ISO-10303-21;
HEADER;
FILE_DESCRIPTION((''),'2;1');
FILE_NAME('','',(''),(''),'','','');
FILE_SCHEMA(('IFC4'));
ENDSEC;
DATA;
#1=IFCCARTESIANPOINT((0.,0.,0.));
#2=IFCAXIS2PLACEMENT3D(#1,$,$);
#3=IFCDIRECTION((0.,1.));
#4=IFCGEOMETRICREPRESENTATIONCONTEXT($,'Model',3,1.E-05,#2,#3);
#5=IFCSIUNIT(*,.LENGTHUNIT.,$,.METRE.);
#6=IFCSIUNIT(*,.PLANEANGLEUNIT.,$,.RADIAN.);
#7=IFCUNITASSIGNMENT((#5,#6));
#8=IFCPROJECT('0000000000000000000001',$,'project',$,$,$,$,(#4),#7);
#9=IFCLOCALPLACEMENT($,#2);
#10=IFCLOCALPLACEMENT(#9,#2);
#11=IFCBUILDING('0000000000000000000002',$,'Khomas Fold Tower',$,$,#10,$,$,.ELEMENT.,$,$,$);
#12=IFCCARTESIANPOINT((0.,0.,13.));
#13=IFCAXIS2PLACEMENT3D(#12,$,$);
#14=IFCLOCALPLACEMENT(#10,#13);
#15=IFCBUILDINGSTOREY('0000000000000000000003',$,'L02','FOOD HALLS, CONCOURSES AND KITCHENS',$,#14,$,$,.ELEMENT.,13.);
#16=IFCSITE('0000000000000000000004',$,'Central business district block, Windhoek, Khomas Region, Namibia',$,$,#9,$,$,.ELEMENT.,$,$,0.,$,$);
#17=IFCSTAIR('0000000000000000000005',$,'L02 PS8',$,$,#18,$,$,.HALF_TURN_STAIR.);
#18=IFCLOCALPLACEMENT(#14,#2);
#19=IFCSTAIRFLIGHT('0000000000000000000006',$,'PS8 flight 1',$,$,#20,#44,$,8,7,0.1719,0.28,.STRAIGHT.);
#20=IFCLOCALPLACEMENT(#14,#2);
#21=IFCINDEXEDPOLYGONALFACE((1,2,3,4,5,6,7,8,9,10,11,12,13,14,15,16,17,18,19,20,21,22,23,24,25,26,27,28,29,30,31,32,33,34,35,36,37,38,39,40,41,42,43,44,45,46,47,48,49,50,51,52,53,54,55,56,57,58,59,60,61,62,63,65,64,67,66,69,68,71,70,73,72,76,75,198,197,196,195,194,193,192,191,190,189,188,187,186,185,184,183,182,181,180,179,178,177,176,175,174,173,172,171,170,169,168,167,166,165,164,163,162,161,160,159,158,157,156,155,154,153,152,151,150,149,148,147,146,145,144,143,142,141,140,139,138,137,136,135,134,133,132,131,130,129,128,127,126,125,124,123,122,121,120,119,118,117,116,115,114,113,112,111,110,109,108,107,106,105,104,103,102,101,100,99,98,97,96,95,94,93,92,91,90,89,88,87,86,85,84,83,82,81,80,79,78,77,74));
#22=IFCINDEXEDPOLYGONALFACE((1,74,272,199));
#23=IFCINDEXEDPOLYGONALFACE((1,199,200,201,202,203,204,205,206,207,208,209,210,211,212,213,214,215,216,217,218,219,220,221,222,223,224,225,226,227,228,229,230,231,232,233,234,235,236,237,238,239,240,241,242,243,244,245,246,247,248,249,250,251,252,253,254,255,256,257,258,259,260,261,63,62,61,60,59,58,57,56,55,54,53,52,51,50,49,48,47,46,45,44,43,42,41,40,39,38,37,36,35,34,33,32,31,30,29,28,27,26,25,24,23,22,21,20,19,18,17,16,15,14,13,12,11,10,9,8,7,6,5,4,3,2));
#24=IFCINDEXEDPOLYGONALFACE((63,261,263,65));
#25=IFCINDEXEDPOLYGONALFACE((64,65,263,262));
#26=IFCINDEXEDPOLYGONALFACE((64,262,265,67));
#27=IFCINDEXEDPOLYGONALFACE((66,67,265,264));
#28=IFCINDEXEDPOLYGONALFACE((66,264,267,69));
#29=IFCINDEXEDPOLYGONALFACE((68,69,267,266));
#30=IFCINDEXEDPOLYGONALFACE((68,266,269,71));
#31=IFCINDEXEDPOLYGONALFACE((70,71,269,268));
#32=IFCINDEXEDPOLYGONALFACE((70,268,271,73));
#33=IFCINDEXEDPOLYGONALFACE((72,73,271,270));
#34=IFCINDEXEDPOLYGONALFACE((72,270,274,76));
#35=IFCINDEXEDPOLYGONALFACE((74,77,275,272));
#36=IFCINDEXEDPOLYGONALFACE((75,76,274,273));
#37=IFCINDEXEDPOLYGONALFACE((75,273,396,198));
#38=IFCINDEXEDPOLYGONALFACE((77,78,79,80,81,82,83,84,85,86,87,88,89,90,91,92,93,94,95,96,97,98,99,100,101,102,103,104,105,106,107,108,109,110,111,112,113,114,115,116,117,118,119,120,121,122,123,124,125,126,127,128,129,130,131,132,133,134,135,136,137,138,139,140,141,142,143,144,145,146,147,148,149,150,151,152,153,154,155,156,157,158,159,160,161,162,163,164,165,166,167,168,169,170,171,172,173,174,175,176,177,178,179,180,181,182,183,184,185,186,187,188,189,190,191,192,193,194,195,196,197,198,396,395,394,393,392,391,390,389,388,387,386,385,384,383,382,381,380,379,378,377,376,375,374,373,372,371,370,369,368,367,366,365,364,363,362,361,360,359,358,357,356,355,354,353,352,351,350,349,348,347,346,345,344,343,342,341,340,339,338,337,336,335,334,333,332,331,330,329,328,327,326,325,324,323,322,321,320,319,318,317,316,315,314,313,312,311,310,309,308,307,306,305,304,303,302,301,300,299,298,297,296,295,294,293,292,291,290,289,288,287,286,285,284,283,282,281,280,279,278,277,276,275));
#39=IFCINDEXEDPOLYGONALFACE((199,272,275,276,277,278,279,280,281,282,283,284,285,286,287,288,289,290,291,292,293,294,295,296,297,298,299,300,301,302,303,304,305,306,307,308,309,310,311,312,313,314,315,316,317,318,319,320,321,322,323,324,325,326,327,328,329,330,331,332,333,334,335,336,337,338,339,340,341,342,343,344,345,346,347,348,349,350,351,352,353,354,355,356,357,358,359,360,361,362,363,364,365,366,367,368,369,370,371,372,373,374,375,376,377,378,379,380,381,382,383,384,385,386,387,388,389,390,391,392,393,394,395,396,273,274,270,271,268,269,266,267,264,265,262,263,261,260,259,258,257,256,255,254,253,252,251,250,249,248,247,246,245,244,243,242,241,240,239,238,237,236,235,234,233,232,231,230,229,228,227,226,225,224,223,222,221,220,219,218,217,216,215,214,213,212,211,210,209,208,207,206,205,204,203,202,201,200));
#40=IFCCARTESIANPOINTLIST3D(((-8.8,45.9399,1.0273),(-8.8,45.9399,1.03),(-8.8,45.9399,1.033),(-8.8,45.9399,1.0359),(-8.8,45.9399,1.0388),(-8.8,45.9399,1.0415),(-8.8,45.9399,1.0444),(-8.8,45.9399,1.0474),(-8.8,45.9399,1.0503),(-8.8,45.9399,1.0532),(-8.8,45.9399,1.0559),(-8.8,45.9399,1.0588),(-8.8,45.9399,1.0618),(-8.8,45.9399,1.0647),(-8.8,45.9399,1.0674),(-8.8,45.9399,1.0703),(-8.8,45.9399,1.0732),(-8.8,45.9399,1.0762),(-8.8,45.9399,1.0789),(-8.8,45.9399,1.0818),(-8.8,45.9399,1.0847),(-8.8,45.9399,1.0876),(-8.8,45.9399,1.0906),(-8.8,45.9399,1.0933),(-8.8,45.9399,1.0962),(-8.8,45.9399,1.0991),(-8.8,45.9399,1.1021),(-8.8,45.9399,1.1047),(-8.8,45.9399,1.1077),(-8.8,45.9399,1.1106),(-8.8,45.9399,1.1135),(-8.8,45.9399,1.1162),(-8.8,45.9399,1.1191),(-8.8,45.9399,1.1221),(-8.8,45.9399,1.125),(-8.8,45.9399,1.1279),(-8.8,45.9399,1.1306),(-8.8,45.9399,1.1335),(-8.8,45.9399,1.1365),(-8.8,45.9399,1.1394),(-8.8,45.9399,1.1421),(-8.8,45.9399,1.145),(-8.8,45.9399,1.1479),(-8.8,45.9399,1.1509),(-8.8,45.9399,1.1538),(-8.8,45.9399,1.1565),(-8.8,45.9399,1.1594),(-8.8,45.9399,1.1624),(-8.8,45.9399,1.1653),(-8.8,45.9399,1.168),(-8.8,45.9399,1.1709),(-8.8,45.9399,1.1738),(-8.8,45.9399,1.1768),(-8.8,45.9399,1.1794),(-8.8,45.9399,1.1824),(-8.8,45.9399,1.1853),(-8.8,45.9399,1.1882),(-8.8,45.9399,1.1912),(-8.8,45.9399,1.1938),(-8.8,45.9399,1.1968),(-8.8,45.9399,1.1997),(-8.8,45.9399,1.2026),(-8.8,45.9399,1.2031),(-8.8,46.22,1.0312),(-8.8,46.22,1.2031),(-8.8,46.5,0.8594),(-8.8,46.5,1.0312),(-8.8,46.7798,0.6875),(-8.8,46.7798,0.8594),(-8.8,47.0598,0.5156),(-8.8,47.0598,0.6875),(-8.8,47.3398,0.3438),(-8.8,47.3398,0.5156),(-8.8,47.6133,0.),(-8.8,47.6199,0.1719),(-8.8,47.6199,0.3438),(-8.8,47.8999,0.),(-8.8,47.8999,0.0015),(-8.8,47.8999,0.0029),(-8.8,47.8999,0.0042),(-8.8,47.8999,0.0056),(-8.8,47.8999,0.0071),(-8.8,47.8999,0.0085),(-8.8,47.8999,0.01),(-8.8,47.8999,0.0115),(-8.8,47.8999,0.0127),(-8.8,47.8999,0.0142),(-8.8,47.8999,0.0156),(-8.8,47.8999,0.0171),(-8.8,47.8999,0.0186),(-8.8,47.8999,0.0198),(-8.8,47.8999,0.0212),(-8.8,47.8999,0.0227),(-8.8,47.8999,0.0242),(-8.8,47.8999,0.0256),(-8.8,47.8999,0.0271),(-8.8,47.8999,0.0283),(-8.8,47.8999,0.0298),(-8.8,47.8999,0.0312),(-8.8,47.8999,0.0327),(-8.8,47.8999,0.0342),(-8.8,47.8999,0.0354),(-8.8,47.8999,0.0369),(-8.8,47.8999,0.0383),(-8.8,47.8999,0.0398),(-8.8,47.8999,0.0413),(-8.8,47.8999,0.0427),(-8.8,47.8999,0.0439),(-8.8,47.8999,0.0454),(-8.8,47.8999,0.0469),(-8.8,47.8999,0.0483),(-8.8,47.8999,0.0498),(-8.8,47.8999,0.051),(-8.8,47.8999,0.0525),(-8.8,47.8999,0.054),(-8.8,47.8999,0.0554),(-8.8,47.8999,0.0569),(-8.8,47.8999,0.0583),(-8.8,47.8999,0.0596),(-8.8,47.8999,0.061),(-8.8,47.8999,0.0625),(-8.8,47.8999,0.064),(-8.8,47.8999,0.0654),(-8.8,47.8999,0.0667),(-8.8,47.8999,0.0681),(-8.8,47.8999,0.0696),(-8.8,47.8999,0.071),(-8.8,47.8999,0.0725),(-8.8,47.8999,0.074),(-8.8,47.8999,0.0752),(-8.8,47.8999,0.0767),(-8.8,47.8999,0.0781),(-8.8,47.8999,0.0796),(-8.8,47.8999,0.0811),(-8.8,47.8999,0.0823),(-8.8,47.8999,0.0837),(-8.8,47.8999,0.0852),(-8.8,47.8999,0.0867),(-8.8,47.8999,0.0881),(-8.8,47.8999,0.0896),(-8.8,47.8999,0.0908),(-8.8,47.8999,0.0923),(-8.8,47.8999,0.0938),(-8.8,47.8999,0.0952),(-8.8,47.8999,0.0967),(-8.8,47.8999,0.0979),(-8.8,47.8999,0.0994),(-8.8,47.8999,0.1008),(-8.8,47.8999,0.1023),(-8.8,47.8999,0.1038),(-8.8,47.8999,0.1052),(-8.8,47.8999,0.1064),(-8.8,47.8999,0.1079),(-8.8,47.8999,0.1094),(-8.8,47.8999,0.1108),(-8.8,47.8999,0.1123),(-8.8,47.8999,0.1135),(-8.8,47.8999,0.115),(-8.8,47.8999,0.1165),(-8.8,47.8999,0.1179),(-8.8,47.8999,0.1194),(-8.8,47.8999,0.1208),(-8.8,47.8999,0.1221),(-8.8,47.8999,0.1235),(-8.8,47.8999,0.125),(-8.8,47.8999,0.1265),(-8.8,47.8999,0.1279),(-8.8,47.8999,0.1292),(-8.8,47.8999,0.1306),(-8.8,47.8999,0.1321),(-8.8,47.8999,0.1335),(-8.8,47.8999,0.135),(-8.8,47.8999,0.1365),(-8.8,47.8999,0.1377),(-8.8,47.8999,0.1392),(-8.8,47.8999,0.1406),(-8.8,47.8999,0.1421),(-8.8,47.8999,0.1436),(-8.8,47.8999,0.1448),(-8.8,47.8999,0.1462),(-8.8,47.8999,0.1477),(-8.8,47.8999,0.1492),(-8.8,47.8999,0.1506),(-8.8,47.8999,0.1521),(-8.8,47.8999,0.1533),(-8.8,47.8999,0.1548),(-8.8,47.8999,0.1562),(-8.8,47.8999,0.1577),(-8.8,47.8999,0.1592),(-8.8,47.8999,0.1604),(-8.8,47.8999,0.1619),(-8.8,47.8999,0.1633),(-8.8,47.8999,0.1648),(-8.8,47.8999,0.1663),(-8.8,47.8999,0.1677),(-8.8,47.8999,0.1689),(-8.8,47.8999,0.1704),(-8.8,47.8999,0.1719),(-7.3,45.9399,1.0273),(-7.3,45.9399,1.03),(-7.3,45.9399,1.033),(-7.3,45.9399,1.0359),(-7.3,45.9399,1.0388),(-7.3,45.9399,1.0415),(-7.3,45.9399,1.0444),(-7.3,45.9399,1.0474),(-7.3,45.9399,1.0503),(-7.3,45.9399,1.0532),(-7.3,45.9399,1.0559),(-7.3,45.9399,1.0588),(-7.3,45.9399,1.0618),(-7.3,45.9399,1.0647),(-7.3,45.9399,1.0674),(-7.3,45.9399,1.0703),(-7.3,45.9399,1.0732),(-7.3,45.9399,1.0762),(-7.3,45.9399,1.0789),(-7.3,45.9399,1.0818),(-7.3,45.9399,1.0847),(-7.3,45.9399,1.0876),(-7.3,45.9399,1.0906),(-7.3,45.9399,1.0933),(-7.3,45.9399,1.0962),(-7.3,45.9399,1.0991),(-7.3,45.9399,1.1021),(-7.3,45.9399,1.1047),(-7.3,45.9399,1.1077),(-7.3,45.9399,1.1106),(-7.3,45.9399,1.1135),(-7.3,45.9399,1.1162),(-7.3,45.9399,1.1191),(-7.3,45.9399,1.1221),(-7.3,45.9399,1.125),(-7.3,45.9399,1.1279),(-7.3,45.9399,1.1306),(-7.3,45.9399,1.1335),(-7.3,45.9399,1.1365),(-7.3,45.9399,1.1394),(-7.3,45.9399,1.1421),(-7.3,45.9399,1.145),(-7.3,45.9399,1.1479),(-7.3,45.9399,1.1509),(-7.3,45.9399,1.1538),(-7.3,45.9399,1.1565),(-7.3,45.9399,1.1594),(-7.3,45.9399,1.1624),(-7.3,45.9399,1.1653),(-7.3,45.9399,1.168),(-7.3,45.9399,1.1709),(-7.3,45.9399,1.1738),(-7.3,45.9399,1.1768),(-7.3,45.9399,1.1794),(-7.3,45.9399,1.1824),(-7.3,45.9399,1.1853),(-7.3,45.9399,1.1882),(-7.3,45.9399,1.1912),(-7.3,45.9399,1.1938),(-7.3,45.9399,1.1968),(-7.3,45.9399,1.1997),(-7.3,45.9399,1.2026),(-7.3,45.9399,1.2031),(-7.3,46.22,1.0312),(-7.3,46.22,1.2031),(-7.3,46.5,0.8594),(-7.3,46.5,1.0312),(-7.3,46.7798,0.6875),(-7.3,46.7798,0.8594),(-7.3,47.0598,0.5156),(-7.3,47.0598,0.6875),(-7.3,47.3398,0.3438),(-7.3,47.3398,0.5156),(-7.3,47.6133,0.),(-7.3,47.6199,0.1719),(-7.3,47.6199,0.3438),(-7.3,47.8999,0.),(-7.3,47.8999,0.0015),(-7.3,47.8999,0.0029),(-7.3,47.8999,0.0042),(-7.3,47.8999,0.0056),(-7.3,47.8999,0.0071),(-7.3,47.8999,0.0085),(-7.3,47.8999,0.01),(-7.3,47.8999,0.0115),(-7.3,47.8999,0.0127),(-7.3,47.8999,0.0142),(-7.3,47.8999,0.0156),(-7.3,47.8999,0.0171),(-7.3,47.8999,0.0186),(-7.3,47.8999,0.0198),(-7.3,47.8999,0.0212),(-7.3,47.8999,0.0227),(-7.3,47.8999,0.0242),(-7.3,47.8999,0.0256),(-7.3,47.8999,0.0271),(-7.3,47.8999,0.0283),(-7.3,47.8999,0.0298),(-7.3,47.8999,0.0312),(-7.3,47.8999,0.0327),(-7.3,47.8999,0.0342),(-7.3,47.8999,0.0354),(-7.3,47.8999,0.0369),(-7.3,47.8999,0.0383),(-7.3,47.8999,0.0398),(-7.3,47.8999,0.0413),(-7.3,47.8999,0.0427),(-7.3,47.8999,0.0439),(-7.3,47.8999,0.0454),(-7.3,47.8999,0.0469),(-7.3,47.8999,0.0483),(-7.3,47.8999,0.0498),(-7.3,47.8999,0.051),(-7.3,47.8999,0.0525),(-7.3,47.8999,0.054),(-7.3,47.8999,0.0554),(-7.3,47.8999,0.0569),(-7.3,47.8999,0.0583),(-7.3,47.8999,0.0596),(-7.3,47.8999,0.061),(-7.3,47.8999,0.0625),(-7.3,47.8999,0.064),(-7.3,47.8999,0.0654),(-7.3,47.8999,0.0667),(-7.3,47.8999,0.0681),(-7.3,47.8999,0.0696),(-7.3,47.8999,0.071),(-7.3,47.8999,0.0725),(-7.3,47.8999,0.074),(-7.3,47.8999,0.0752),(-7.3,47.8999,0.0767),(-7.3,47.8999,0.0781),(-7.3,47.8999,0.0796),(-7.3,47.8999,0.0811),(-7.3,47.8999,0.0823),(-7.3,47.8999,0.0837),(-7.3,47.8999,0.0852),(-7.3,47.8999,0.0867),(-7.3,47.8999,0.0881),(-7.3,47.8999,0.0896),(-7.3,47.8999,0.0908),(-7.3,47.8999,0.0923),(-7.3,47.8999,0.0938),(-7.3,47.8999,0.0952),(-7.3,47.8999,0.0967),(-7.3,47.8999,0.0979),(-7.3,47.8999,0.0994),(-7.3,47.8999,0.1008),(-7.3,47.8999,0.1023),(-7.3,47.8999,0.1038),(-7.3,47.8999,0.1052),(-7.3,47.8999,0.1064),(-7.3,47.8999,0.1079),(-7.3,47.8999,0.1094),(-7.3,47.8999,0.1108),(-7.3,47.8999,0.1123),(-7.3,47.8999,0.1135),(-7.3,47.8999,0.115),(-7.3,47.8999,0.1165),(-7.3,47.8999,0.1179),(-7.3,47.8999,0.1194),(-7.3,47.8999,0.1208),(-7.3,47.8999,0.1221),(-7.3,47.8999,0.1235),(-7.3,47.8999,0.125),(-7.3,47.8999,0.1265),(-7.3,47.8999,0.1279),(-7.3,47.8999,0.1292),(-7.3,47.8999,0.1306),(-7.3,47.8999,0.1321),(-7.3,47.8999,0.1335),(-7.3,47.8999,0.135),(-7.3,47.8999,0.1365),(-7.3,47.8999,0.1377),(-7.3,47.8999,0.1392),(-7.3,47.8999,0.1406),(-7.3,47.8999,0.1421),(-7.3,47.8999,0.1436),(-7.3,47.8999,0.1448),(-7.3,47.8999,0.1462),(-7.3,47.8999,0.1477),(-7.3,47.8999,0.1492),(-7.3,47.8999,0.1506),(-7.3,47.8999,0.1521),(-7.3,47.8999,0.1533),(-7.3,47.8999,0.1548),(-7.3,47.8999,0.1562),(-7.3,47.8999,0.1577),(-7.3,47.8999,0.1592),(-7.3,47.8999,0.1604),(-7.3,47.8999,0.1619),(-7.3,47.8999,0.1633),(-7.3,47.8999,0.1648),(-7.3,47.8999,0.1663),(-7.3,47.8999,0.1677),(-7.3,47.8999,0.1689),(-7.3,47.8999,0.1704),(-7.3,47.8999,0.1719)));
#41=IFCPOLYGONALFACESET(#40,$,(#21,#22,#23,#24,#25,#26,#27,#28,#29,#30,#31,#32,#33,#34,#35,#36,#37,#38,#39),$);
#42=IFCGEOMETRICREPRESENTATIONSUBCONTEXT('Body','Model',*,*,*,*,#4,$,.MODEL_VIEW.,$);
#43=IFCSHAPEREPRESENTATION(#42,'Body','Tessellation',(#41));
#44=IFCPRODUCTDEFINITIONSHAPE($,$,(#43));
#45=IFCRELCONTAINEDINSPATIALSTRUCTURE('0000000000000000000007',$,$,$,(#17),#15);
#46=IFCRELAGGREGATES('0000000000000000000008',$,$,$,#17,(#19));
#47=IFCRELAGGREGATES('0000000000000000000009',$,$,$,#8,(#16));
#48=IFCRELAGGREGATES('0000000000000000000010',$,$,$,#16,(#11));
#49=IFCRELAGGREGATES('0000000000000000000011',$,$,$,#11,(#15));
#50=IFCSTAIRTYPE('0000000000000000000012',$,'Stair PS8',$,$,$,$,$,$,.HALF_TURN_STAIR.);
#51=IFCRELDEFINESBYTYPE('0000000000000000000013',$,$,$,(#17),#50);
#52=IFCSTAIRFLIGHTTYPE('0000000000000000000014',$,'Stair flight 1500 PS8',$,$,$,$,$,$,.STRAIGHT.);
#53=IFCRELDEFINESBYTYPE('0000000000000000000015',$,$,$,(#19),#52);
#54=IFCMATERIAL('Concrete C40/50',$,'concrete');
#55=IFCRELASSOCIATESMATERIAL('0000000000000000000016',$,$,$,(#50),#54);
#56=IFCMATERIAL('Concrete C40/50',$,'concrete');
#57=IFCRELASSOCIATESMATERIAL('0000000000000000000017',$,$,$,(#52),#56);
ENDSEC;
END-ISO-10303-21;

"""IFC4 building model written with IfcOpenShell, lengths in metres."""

from ifc_helpers import new_model, si_unit, direction, frame, origin, place, context, subcontext, project, spatial, polyline, outline, extrude, source, transform, mapped, material, type_object, element, aggregate, save


model = new_model("IFC4")

# Units and contexts
model_context = context("Model", 3, precision=1e-05, world=origin(), true_north=direction((0.0, 1.0)))
body_context = subcontext(model_context, "Body", "Model", "MODEL_VIEW")
ifc_project = project(units=[si_unit("LENGTHUNIT", "METRE"), si_unit("PLANEANGLEUNIT", "RADIAN")], contexts=[model_context])

# Site, building, storey
site_placement = place(None, origin())
site = spatial("IfcSite", under=ifc_project, at=site_placement, Name="Central business district block, Windhoek, Khomas Region, Namibia", CompositionType="ELEMENT", RefElevation=0.0)
building_placement = place(site_placement, origin())
building = spatial("IfcBuilding", under=site, at=building_placement, Name="Khomas Fold Tower", CompositionType="ELEMENT")
storey_placement = place(building_placement, frame((0.0, 0.0, 13.0)))
storey = spatial("IfcBuildingStorey", under=building, at=storey_placement, Name="L02", Description="FOOD HALLS, CONCOURSES AND KITCHENS", CompositionType="ELEMENT", Elevation=13.0)

# Stair, stair flight
ifc_material_1 = material(Name="Concrete C40/50", Category="concrete")
stair_type = type_object("IfcStairType", Name="Stair PS8", PredefinedType="HALF_TURN_STAIR", material=ifc_material_1)
stair_placement = place(storey_placement, origin())
stair = element("IfcStair", 1, at=stair_placement, inside=storey, type_object=stair_type, Name="L02 PS8", PredefinedType="HALF_TURN_STAIR")
ifc_material_2 = material(Name="Concrete C40/50", Category="concrete")
stair_flight_type = type_object("IfcStairFlightType", Name="Stair flight 1500 PS8", PredefinedType="STRAIGHT", material=ifc_material_2)
shared_shape_1 = source(origin(), body_context, "Body", "SweptSolid", [
    extrude(outline(polyline([(0.0, 0.0), (0.0, 0.0015), (0.0, 0.0029), (0.0, 0.0042), (0.0, 0.0056), (0.0, 0.0071), (0.0, 0.0085), (0.0, 0.01), (0.0, 0.0115), (0.0, 0.0127), (0.0, 0.0142), (0.0, 0.0156), (0.0, 0.0171), (0.0, 0.0186), (0.0, 0.0198), (0.0, 0.0212), (0.0, 0.0227), (0.0, 0.0242), (0.0, 0.0256), (0.0, 0.0271), (0.0, 0.0283), (0.0, 0.0298), (0.0, 0.0312), (0.0, 0.0327), (0.0, 0.0342), (0.0, 0.0354), (0.0, 0.0369), (0.0, 0.0383), (0.0, 0.0398), (0.0, 0.0413), (0.0, 0.0427), (0.0, 0.0439), (0.0, 0.0454), (0.0, 0.0469), (0.0, 0.0483), (0.0, 0.0498), (0.0, 0.051), (0.0, 0.0525), (0.0, 0.054), (0.0, 0.0554), (0.0, 0.0569), (0.0, 0.0583), (0.0, 0.0596), (0.0, 0.061), (0.0, 0.0625), (0.0, 0.064), (0.0, 0.0654), (0.0, 0.0667), (0.0, 0.0681), (0.0, 0.0696), (0.0, 0.071), (0.0, 0.0725), (0.0, 0.074), (0.0, 0.0752), (0.0, 0.0767), (0.0, 0.0781), (0.0, 0.0796), (0.0, 0.0811), (0.0, 0.0823), (0.0, 0.0837), (0.0, 0.0852), (0.0, 0.0867), (0.0, 0.0881), (0.0, 0.0896), (0.0, 0.0908), (0.0, 0.0923), (0.0, 0.0938), (0.0, 0.0952), (0.0, 0.0967), (0.0, 0.0979), (0.0, 0.0994), (0.0, 0.1008), (0.0, 0.1023), (0.0, 0.1038), (0.0, 0.1052), (0.0, 0.1064), (0.0, 0.1079), (0.0, 0.1094), (0.0, 0.1108), (0.0, 0.1123), (0.0, 0.1135), (0.0, 0.115), (0.0, 0.1165), (0.0, 0.1179), (0.0, 0.1194), (0.0, 0.1208), (0.0, 0.1221), (0.0, 0.1235), (0.0, 0.125), (0.0, 0.1265), (0.0, 0.1279), (0.0, 0.1292), (0.0, 0.1306), (0.0, 0.1321), (0.0, 0.1335), (0.0, 0.135), (0.0, 0.1365), (0.0, 0.1377), (0.0, 0.1392), (0.0, 0.1406), (0.0, 0.1421), (0.0, 0.1436), (0.0, 0.1448), (0.0, 0.1462), (0.0, 0.1477), (0.0, 0.1492), (0.0, 0.1506), (0.0, 0.1521), (0.0, 0.1533), (0.0, 0.1548), (0.0, 0.1562), (0.0, 0.1577), (0.0, 0.1592), (0.0, 0.1604), (0.0, 0.1619), (0.0, 0.1633), (0.0, 0.1648), (0.0, 0.1663), (0.0, 0.1677), (0.0, 0.1689), (0.0, 0.1704), (0.0, 0.1719), (0.28, 0.1719), (0.28, 0.3438), (0.5601, 0.3438), (0.5601, 0.5156), (0.8401, 0.5156), (0.8401, 0.6875), (1.1201, 0.6875), (1.1201, 0.8594), (1.3999, 0.8594), (1.3999, 1.0312), (1.6799, 1.0312), (1.6799, 1.2031), (1.96, 1.2031), (1.96, 1.375), (1.96, 1.3721), (1.96, 1.3691), (1.96, 1.3665), (1.96, 1.3635), (1.96, 1.3606), (1.96, 1.3577), (1.96, 1.355), (1.96, 1.3521), (1.96, 1.3491), (1.96, 1.3462), (1.96, 1.3435), (1.96, 1.3406), (1.96, 1.3376), (1.96, 1.3347), (1.96, 1.3318), (1.96, 1.3291), (1.96, 1.3262), (1.96, 1.3232), (1.96, 1.3203), (1.96, 1.3176), (1.96, 1.3147), (1.96, 1.3118), (1.96, 1.3088), (1.96, 1.3059), (1.96, 1.3032), (1.96, 1.3003), (1.96, 1.2974), (1.96, 1.2944), (1.96, 1.2917), (1.96, 1.2888), (1.96, 1.2859), (1.96, 1.283), (1.96, 1.2803), (1.96, 1.2773), (1.96, 1.2744), (1.96, 1.2715), (1.96, 1.2686), (1.96, 1.2659), (1.96, 1.2629), (1.96, 1.26), (1.96, 1.2571), (1.96, 1.2544), (1.96, 1.2515), (1.96, 1.2485), (1.96, 1.2456), (1.96, 1.2427), (1.96, 1.24), (1.96, 1.2371), (1.96, 1.2341), (1.96, 1.2312), (1.96, 1.2285), (1.96, 1.2256), (1.96, 1.2227), (1.96, 1.2197), (1.96, 1.217), (1.96, 1.2141), (1.96, 1.2112), (1.96, 1.2083), (1.96, 1.2053), (1.96, 1.2026), (1.96, 1.1997), (1.96, 1.1968), (1.96, 1.1938), (1.96, 1.1912), (1.96, 1.1882), (1.96, 1.1853), (1.96, 1.1824), (1.96, 1.1794), (1.96, 1.1768), (1.96, 1.1738), (1.96, 1.1709), (1.96, 1.168), (1.96, 1.1653), (1.96, 1.1624), (1.96, 1.1594), (1.96, 1.1565), (1.96, 1.1538), (1.96, 1.1509), (1.96, 1.1479), (1.96, 1.145), (1.96, 1.1421), (1.96, 1.1394), (1.96, 1.1365), (1.96, 1.1335), (1.96, 1.1306), (1.96, 1.1279), (1.96, 1.125), (1.96, 1.1221), (1.96, 1.1191), (1.96, 1.1162), (1.96, 1.1135), (1.96, 1.1106), (1.96, 1.1077), (1.96, 1.1047), (1.96, 1.1021), (1.96, 1.0991), (1.96, 1.0962), (1.96, 1.0933), (1.96, 1.0906), (1.96, 1.0876), (1.96, 1.0847), (1.96, 1.0818), (1.96, 1.0789), (1.96, 1.0762), (1.96, 1.0732), (1.96, 1.0703), (1.96, 1.0674), (1.96, 1.0647), (1.96, 1.0618), (1.96, 1.0588), (1.96, 1.0559), (1.96, 1.0532), (1.96, 1.0503), (1.96, 1.0474), (1.96, 1.0444), (1.96, 1.0415), (1.96, 1.0388), (1.96, 1.0359), (1.96, 1.033), (1.96, 1.03), (1.96, 1.0273), (0.2866, 0.0), (0.0, 0.0)])), frame((0.0, 0.75, 0.0), z_axis=(0.0, -1.0, 0.0), x_axis=(1.0, 0.0, 0.0)), (0.0, 0.0, 1.0), 1.5),
])
stair_flight_1_placement = place(storey_placement, frame((-8.05, 47.8999, 0.0), z_axis=(0.0, 0.0, 1.0), x_axis=(0.0, -1.0, 0.0)))
stair_flight_1 = element("IfcStairFlight", 2, at=stair_flight_1_placement, type_object=stair_flight_type, Name="PS8 flight 1", NumberOfRisers=8, NumberOfTreads=7, PredefinedType="STRAIGHT", RiserHeight=0.1719, TreadLength=0.28, context=body_context, shape_type="MappedRepresentation", body=[
    mapped(shared_shape_1, transform((0.0, 0.0, 0.0))),
])
aggregate(stair, [stair_flight_1])

save(model, "model.ifc")
